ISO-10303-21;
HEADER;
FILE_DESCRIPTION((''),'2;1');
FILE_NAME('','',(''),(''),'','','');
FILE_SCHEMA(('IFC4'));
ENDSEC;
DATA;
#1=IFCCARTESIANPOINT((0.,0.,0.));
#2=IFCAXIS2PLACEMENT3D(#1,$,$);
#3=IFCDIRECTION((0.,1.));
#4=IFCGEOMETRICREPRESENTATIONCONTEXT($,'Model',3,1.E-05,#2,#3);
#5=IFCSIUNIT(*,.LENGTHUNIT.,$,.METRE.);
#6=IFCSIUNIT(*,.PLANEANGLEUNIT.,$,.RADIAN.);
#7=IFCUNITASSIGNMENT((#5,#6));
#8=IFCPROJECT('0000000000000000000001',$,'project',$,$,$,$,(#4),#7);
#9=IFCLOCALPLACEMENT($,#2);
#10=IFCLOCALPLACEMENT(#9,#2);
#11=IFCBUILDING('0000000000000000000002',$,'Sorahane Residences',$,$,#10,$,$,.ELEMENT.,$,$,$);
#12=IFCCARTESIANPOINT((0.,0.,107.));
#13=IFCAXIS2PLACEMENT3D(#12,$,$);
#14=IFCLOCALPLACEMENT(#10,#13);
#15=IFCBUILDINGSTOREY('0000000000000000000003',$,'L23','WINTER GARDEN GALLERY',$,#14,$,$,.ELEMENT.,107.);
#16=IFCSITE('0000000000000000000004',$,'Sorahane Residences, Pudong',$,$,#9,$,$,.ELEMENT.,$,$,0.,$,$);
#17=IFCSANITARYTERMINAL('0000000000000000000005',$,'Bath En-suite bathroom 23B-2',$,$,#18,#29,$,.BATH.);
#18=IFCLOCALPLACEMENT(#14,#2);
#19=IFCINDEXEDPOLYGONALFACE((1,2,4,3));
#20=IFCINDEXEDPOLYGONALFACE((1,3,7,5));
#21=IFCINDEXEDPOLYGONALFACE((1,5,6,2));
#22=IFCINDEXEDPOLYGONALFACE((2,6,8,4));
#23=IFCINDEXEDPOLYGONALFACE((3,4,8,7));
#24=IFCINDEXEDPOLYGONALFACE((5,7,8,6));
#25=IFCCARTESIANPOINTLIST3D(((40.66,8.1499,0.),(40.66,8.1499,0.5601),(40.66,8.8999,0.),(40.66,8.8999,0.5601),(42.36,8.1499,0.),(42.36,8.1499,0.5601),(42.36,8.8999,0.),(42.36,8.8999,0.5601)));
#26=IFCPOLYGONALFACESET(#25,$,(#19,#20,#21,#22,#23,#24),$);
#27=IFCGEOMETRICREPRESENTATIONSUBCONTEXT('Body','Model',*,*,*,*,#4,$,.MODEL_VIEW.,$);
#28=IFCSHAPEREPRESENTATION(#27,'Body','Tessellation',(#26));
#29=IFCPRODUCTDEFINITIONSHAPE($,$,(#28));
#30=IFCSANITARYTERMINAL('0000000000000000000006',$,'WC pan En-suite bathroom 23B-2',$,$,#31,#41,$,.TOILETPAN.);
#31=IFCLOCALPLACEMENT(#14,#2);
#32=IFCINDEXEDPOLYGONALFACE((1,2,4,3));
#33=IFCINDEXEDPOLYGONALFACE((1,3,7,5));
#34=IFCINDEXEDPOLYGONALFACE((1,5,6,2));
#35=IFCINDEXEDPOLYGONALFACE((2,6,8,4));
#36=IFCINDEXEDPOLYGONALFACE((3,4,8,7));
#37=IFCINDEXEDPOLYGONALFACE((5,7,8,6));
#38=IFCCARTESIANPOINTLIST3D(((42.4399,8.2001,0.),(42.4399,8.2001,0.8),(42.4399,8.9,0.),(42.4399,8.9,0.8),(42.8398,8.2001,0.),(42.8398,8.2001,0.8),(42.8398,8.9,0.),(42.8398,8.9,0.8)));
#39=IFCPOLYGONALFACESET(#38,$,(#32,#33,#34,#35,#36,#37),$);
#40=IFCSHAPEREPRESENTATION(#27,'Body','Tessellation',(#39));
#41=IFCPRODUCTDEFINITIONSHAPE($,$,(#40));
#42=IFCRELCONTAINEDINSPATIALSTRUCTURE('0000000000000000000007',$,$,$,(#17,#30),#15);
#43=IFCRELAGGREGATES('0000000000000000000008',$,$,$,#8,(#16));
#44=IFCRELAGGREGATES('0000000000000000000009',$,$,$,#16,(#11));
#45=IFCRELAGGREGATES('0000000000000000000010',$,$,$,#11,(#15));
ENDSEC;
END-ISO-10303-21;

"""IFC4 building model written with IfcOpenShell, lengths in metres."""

from ifc_helpers import new_model, si_unit, direction, frame, origin, origin_2d, place, context, subcontext, project, spatial, rectangle, extrude, element, save


model = new_model("IFC4")

# Units and contexts
model_context = context("Model", 3, precision=1e-05, world=origin(), true_north=direction((0.0, 1.0)))
body_context = subcontext(model_context, "Body", "Model", "MODEL_VIEW")
ifc_project = project(units=[si_unit("LENGTHUNIT", "METRE"), si_unit("PLANEANGLEUNIT", "RADIAN")], contexts=[model_context])

# Site, building, storey
site_placement = place(None, origin())
site = spatial("IfcSite", under=ifc_project, at=site_placement, Name="Sorahane Residences, Pudong", CompositionType="ELEMENT", RefElevation=0.0)
building_placement = place(site_placement, origin())
building = spatial("IfcBuilding", under=site, at=building_placement, Name="Sorahane Residences", CompositionType="ELEMENT")
storey_placement = place(building_placement, frame((0.0, 0.0, 107.0)))
storey = spatial("IfcBuildingStorey", under=building, at=storey_placement, Name="L23", Description="WINTER GARDEN GALLERY", CompositionType="ELEMENT", Elevation=107.0)

# Sanitary terminals
sanitary_terminal_1_placement = place(storey_placement, frame((41.51, 8.5249, 0.0), z_axis=(0.0, 0.0, 1.0), x_axis=(1.0, 0.0, 0.0)))
element("IfcSanitaryTerminal", 1, at=sanitary_terminal_1_placement, inside=storey, Name="Bath En-suite bathroom 23B-2", PredefinedType="BATH", context=body_context, shape_type="SweptSolid", body=[
    extrude(rectangle(XDim=1.7, YDim=0.75, at=origin_2d()), origin(), (0.0, 0.0, 1.0), 0.5601),
])
sanitary_terminal_2_placement = place(storey_placement, frame((42.6399, 8.55, 0.0), z_axis=(0.0, 0.0, 1.0), x_axis=(1.0, 0.0, 0.0)))
element("IfcSanitaryTerminal", 2, at=sanitary_terminal_2_placement, inside=storey, Name="WC pan En-suite bathroom 23B-2", PredefinedType="TOILETPAN", context=body_context, shape_type="SweptSolid", body=[
    extrude(rectangle(XDim=0.3999, YDim=0.7, at=origin_2d()), origin(), (0.0, 0.0, 1.0), 0.8),
])

save(model, "model.ifc")
